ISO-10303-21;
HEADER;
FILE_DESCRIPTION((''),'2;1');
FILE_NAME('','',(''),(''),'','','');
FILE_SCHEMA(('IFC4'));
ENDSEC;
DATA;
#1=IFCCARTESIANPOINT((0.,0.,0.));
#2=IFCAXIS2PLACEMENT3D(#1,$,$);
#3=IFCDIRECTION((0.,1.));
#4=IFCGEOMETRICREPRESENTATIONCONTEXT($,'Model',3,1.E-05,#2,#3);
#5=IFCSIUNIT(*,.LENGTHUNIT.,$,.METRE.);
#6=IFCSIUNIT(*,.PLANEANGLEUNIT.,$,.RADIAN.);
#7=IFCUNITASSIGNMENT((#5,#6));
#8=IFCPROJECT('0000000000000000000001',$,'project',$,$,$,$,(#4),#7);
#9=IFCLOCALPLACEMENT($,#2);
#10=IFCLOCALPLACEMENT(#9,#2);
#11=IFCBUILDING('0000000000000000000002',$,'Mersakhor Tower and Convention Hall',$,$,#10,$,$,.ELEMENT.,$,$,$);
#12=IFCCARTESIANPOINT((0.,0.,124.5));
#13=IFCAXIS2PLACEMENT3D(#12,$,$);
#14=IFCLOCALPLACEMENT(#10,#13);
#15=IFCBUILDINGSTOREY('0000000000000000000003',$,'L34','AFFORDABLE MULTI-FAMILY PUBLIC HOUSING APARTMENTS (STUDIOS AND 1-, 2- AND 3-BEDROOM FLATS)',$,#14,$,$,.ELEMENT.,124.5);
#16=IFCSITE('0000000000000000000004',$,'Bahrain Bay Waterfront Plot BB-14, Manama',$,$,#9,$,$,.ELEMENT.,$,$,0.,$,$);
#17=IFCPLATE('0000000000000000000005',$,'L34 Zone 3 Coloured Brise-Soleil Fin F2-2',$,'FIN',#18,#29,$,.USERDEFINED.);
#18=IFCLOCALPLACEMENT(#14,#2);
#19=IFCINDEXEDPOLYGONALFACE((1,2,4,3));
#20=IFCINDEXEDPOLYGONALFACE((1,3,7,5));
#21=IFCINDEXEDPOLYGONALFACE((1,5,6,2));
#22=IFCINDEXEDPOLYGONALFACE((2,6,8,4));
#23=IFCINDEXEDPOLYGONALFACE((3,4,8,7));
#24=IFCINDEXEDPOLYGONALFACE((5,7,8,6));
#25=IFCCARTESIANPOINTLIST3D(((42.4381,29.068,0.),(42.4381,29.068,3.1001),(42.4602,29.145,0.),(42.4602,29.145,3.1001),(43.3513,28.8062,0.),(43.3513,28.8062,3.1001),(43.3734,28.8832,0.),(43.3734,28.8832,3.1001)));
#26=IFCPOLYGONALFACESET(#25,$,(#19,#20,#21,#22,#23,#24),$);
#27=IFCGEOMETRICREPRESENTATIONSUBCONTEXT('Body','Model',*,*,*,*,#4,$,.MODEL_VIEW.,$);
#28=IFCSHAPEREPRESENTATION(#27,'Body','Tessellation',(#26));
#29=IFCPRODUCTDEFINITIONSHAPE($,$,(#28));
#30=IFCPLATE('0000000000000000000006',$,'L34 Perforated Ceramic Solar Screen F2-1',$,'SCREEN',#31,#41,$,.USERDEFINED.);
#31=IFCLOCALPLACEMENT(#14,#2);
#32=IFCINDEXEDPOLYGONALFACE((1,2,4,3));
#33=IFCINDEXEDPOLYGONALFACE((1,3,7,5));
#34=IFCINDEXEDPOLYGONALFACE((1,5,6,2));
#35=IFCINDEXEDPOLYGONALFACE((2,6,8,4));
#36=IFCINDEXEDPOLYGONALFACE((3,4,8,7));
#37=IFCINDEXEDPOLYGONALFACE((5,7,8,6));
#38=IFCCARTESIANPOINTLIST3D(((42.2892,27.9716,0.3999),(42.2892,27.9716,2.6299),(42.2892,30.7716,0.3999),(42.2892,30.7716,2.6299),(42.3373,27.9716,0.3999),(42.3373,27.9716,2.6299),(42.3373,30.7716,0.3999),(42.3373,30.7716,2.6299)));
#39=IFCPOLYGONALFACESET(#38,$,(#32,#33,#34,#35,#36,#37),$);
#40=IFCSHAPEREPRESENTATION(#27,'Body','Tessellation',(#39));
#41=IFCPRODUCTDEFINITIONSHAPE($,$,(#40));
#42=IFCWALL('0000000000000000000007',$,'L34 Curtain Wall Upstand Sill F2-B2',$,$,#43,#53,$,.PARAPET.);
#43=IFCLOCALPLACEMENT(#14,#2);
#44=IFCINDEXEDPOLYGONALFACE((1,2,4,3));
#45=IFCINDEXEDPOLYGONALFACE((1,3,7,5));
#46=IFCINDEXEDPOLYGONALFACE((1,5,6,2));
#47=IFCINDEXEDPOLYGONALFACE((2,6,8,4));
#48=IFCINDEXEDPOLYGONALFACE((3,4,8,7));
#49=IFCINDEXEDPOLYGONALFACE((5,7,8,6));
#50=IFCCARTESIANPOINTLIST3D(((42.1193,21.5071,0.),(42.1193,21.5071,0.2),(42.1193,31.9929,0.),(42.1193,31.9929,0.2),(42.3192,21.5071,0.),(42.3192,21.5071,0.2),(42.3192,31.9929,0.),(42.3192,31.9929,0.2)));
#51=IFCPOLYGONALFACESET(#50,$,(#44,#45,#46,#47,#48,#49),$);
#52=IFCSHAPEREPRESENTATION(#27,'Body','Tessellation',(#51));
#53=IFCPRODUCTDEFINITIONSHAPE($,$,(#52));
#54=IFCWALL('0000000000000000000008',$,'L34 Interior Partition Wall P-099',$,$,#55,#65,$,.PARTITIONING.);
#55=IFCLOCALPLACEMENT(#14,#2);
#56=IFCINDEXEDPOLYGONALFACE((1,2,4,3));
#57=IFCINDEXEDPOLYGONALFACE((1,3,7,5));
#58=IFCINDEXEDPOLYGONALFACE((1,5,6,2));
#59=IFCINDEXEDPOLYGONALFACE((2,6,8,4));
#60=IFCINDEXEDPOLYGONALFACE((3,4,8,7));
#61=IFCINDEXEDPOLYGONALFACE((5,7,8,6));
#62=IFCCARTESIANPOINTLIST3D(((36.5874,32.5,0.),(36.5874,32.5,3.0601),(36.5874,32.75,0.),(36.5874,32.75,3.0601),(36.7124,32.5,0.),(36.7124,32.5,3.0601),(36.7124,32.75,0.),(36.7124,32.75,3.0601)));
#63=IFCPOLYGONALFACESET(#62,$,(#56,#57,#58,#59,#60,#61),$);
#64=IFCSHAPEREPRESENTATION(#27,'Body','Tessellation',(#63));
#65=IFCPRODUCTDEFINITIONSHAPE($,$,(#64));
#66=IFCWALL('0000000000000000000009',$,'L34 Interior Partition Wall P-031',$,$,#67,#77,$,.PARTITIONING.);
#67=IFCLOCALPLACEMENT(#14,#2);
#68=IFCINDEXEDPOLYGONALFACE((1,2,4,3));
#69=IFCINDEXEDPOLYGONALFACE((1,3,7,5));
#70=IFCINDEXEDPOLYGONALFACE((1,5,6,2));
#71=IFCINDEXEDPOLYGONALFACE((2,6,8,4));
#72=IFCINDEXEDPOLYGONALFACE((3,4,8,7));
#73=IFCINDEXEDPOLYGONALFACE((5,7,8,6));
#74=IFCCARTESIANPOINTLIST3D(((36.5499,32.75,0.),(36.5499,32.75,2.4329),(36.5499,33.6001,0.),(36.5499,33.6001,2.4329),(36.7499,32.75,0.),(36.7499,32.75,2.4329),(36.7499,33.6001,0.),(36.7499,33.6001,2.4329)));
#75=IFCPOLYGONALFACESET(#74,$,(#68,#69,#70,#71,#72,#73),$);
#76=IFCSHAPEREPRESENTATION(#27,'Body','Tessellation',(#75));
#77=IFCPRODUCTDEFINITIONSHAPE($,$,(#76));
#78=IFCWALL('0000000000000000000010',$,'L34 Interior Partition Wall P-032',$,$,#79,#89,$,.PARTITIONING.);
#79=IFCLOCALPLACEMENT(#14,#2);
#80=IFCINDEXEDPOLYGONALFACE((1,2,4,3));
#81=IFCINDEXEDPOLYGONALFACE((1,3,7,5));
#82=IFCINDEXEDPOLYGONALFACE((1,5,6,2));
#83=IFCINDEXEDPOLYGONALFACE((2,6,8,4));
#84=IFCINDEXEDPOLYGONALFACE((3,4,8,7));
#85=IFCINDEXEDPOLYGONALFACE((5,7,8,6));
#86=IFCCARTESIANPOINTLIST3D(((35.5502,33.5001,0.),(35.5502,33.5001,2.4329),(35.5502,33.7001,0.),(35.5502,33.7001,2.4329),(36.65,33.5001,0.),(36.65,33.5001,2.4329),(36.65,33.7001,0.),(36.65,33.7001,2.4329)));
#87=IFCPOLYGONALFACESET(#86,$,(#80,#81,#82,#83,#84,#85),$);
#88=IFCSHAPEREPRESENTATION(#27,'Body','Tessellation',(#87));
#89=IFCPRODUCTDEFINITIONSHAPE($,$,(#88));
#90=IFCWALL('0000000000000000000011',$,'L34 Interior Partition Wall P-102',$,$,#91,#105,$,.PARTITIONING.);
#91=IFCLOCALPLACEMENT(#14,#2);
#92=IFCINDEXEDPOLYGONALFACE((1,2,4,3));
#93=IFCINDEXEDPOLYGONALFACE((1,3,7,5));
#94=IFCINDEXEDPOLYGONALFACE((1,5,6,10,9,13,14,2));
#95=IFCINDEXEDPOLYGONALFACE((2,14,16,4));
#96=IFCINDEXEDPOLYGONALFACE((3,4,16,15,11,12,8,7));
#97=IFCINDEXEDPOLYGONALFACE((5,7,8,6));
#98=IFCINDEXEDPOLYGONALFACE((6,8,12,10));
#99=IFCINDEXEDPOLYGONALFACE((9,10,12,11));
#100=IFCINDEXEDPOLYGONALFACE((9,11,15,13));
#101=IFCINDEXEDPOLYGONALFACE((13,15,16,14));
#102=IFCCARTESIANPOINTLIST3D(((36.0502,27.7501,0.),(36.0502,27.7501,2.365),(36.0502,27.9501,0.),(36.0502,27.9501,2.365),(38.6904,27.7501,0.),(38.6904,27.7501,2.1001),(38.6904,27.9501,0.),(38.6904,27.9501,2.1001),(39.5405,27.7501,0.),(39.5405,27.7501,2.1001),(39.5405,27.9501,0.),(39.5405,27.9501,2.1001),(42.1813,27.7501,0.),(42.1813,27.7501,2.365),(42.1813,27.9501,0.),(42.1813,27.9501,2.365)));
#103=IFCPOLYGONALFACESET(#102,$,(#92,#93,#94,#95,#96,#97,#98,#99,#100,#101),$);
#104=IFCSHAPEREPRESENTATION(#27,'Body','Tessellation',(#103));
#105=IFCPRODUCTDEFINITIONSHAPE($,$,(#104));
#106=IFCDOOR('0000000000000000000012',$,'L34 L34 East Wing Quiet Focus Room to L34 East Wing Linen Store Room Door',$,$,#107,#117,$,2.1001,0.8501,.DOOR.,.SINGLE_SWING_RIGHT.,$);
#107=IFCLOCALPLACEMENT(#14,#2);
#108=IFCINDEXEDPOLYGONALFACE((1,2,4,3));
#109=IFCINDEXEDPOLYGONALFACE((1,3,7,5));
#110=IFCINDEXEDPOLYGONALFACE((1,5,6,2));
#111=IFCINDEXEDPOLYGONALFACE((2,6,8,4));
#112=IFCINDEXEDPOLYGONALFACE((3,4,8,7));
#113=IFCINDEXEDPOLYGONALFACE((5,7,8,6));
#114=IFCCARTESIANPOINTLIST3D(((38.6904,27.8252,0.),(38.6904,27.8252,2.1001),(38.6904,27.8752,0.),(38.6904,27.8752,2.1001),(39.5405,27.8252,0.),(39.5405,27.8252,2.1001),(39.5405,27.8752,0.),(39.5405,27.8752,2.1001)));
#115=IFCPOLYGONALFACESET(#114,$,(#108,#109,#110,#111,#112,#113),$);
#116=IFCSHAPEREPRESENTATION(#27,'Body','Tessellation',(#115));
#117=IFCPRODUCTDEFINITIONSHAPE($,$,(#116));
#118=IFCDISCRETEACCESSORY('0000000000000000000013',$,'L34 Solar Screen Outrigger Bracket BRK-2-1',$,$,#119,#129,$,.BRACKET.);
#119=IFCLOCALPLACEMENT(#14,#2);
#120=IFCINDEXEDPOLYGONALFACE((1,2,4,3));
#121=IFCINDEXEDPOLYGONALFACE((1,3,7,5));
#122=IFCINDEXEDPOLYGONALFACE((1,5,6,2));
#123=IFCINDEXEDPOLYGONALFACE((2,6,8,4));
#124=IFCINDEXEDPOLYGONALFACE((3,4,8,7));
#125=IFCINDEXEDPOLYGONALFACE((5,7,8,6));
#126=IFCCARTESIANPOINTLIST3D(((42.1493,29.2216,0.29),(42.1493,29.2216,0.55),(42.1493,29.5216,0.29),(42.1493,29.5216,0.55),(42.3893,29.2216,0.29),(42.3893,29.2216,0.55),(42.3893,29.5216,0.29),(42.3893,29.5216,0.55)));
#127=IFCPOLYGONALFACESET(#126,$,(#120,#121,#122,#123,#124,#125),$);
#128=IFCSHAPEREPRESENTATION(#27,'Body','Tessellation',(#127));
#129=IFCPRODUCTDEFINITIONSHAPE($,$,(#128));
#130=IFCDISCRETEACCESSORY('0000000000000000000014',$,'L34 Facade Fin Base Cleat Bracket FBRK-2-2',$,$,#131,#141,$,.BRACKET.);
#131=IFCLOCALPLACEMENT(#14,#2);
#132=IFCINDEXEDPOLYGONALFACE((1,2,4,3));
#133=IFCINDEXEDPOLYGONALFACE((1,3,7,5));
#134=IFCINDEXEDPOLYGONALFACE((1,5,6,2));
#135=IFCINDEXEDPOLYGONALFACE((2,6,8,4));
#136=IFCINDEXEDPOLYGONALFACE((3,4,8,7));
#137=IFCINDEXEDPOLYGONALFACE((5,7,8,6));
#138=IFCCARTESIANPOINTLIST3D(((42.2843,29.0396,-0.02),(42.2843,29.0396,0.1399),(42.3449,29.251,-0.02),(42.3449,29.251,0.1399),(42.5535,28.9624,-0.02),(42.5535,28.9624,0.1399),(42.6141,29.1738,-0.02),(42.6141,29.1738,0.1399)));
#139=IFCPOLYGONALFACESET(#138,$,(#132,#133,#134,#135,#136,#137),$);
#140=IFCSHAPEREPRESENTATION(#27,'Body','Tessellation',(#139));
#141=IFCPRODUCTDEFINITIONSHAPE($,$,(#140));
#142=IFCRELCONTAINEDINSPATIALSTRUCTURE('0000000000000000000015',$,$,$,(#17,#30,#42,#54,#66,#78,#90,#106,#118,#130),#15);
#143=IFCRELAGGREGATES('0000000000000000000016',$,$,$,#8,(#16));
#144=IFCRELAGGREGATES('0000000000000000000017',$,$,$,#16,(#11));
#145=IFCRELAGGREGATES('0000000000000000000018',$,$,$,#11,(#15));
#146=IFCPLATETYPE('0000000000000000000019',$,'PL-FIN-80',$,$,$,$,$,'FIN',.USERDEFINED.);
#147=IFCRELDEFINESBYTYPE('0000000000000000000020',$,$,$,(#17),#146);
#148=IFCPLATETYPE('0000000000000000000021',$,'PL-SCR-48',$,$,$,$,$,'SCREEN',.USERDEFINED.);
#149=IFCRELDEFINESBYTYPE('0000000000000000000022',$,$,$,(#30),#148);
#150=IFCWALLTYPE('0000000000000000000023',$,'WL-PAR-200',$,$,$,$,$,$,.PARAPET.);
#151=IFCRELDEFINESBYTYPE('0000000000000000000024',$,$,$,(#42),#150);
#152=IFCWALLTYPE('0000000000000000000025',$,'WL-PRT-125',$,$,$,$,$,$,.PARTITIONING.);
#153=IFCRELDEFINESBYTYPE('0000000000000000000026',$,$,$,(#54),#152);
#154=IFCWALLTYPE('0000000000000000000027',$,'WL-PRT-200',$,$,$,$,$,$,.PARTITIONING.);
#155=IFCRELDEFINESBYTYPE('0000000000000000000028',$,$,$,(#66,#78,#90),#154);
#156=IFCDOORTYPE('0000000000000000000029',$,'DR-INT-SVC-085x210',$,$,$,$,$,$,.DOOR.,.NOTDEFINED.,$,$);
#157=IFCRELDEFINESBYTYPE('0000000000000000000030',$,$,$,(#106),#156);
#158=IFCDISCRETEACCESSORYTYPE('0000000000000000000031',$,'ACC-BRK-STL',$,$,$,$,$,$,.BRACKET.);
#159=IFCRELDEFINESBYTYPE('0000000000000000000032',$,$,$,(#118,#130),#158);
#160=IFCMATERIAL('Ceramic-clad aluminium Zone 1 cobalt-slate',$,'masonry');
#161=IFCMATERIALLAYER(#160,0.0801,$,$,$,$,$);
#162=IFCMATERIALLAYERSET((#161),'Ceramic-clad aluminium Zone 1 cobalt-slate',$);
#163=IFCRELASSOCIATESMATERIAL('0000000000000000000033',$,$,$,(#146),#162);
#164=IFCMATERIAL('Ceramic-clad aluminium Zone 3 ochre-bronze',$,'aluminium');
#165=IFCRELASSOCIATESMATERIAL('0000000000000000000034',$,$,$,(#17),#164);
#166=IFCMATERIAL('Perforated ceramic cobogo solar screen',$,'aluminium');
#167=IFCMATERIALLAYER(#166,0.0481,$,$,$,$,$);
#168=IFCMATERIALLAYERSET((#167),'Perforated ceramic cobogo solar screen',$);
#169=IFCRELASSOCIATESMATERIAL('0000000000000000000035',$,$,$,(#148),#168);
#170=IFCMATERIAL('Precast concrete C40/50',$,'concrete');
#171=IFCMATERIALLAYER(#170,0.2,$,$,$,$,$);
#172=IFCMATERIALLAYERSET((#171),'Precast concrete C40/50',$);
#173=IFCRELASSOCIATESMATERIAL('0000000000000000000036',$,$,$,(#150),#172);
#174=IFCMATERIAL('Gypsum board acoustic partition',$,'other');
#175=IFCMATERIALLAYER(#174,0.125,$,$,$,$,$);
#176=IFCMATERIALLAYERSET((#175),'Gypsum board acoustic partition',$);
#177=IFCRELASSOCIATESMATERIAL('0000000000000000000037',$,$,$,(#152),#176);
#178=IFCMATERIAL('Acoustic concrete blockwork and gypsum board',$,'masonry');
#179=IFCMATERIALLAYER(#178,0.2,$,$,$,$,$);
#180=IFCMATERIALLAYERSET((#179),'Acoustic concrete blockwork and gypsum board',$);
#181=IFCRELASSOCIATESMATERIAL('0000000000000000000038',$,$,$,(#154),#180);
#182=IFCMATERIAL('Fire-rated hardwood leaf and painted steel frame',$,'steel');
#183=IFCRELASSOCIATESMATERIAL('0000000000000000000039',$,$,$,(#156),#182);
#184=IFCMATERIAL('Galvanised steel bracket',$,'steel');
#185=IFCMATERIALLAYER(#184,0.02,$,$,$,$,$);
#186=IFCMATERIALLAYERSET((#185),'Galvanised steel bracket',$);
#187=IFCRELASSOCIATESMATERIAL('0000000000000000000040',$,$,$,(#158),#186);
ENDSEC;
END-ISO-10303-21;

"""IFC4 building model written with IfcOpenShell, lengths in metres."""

from ifc_helpers import new_model, si_unit, direction, frame, frame_2d, origin, origin_2d, place, context, subcontext, project, spatial, rectangle, extrude, material, layer, layer_set, type_object, element, fill, save


model = new_model("IFC4")

# Units and contexts
model_context = context("Model", 3, precision=1e-05, world=origin(), true_north=direction((0.0, 1.0)))
body_context = subcontext(model_context, "Body", "Model", "MODEL_VIEW")
ifc_project = project(units=[si_unit("LENGTHUNIT", "METRE"), si_unit("PLANEANGLEUNIT", "RADIAN")], contexts=[model_context])

# Site, building, storey
site_placement = place(None, origin())
site = spatial("IfcSite", under=ifc_project, at=site_placement, Name="Bahrain Bay Waterfront Plot BB-14, Manama", CompositionType="ELEMENT", RefElevation=0.0)
building_placement = place(site_placement, origin())
building = spatial("IfcBuilding", under=site, at=building_placement, Name="Mersakhor Tower and Convention Hall", CompositionType="ELEMENT")
storey_placement = place(building_placement, frame((0.0, 0.0, 124.5)))
storey = spatial("IfcBuildingStorey", under=building, at=storey_placement, Name="L34", Description="AFFORDABLE MULTI-FAMILY PUBLIC HOUSING APARTMENTS (STUDIOS AND 1-, 2- AND 3-BEDROOM FLATS)", CompositionType="ELEMENT", Elevation=124.5)

# Plates
ifc_material_1 = material(Name="Ceramic-clad aluminium Zone 3 ochre-bronze", Category="aluminium")
ifc_material_2 = material(Name="Ceramic-clad aluminium Zone 1 cobalt-slate", Category="masonry")
ifc_layer_1 = layer(ifc_material_2, 0.0801)
ifc_layer_set_1 = layer_set([ifc_layer_1], Name="Ceramic-clad aluminium Zone 1 cobalt-slate")
plate_type_1 = type_object("IfcPlateType", Name="PL-FIN-80", ElementType="FIN", PredefinedType="USERDEFINED", material=ifc_layer_set_1)
plate_1_placement = place(storey_placement, frame((42.9058, 28.9756, 0.0), z_axis=(0.0, 0.0, 1.0), x_axis=(0.961262, -0.275637, 0.0)))
element("IfcPlate", 1, at=plate_1_placement, inside=storey, type_object=plate_type_1, material=ifc_material_1, Name="L34 Zone 3 Coloured Brise-Soleil Fin F2-2", ObjectType="FIN", PredefinedType="USERDEFINED", context=body_context, shape_type="SweptSolid", body=[
    extrude(rectangle(XDim=0.95, YDim=0.0801, at=origin_2d()), origin(), (0.0, 0.0, 1.0), 3.1001),
])
ifc_material_3 = material(Name="Perforated ceramic cobogo solar screen", Category="aluminium")
ifc_layer_2 = layer(ifc_material_3, 0.0481)
ifc_layer_set_2 = layer_set([ifc_layer_2], Name="Perforated ceramic cobogo solar screen")
plate_type_2 = type_object("IfcPlateType", Name="PL-SCR-48", ElementType="SCREEN", PredefinedType="USERDEFINED", material=ifc_layer_set_2)
plate_2_placement = place(storey_placement, frame((42.3132, 29.3716, 0.3999), z_axis=(0.0, 0.0, 1.0), x_axis=(0.0, -1.0, 0.0)))
element("IfcPlate", 2, at=plate_2_placement, inside=storey, type_object=plate_type_2, Name="L34 Perforated Ceramic Solar Screen F2-1", ObjectType="SCREEN", PredefinedType="USERDEFINED", context=body_context, shape_type="SweptSolid", body=[
    extrude(rectangle(XDim=2.8, YDim=0.0481, at=origin_2d()), origin(), (0.0, 0.0, 1.0), 2.23),
])

# Walls
ifc_material_4 = material(Name="Precast concrete C40/50", Category="concrete")
ifc_layer_3 = layer(ifc_material_4, 0.2)
ifc_layer_set_3 = layer_set([ifc_layer_3], Name="Precast concrete C40/50")
wall_type_1 = type_object("IfcWallType", Name="WL-PAR-200", PredefinedType="PARAPET", material=ifc_layer_set_3)
wall_1_placement = place(storey_placement, frame((42.2192, 31.9929, 0.0), z_axis=(0.0, 0.0, 1.0), x_axis=(0.0, -1.0, 0.0)))
element("IfcWall", 3, at=wall_1_placement, inside=storey, type_object=wall_type_1, Name="L34 Curtain Wall Upstand Sill F2-B2", PredefinedType="PARAPET", context=body_context, shape_type="SweptSolid", body=[
    extrude(rectangle(XDim=10.4858, YDim=0.2, at=frame_2d((5.2429, 0.0))), origin(), (0.0, 0.0, 1.0), 0.2),
])
ifc_material_5 = material(Name="Gypsum board acoustic partition", Category="other")
ifc_layer_4 = layer(ifc_material_5, 0.125)
ifc_layer_set_4 = layer_set([ifc_layer_4], Name="Gypsum board acoustic partition")
wall_type_2 = type_object("IfcWallType", Name="WL-PRT-125", PredefinedType="PARTITIONING", material=ifc_layer_set_4)
wall_2_placement = place(storey_placement, frame((36.6499, 32.5, 0.0), z_axis=(0.0, 0.0, 1.0), x_axis=(0.0, 1.0, 0.0)))
element("IfcWall", 4, at=wall_2_placement, inside=storey, type_object=wall_type_2, Name="L34 Interior Partition Wall P-099", PredefinedType="PARTITIONING", context=body_context, shape_type="SweptSolid", body=[
    extrude(rectangle(XDim=0.25, YDim=0.125, at=frame_2d((0.125, 0.0))), origin(), (0.0, 0.0, 1.0), 3.0601),
])

# Shared definitions
ifc_material_6 = material(Name="Acoustic concrete blockwork and gypsum board", Category="masonry")
ifc_layer_5 = layer(ifc_material_6, 0.2)
ifc_layer_set_5 = layer_set([ifc_layer_5], Name="Acoustic concrete blockwork and gypsum board")
wall_type_3 = type_object("IfcWallType", Name="WL-PRT-200", PredefinedType="PARTITIONING", material=ifc_layer_set_5)

# Walls
wall_3_placement = place(storey_placement, frame((36.6499, 32.75, 0.0), z_axis=(0.0, 0.0, 1.0), x_axis=(0.0, 1.0, 0.0)))
element("IfcWall", 5, at=wall_3_placement, inside=storey, type_object=wall_type_3, Name="L34 Interior Partition Wall P-031", PredefinedType="PARTITIONING", context=body_context, shape_type="SweptSolid", body=[
    extrude(rectangle(XDim=0.8501, YDim=0.2, at=frame_2d((0.425, 0.0))), origin(), (0.0, 0.0, 1.0), 2.4329),
])
wall_4_placement = place(storey_placement, frame((36.6499, 33.6001, 0.0), z_axis=(0.0, 0.0, 1.0), x_axis=(-1.0, 0.0, 0.0)))
element("IfcWall", 6, at=wall_4_placement, inside=storey, type_object=wall_type_3, Name="L34 Interior Partition Wall P-032", PredefinedType="PARTITIONING", context=body_context, shape_type="SweptSolid", body=[
    extrude(rectangle(XDim=1.0999, YDim=0.2, at=frame_2d((0.5498, 0.0))), origin(), (0.0, 0.0, 1.0), 2.4329),
])

# Wall, opening, door
wall_5_placement = place(storey_placement, frame((42.1812, 27.8501, 0.0), z_axis=(0.0, 0.0, 1.0), x_axis=(-1.0, 0.0, 0.0)))
wall_5 = element("IfcWall", 7, at=wall_5_placement, inside=storey, type_object=wall_type_3, Name="L34 Interior Partition Wall P-102", PredefinedType="PARTITIONING", context=body_context, shape_type="SweptSolid", body=[
    extrude(rectangle(XDim=6.1311, YDim=0.2, at=frame_2d((3.0654, 0.0))), origin(), (0.0, 0.0, 1.0), 2.365),
])
opening_1_placement = place(wall_5_placement, frame((2.6406, 0.0, 0.0)))
opening_1 = element("IfcOpeningElement", 8, at=opening_1_placement, cuts=wall_5, PredefinedType="OPENING", context=body_context, shape_type="SweptSolid", body=[
    extrude(rectangle(XDim=0.8501, YDim=2.1001, at=frame_2d((0.425, 1.05))), frame((0.0, 0.1099, 0.0), z_axis=(0.0, -1.0, 0.0), x_axis=(1.0, 0.0, 0.0)), (0.0, 0.0, 1.0), 0.22),
])
ifc_material_7 = material(Name="Fire-rated hardwood leaf and painted steel frame", Category="steel")
door_type_1 = type_object("IfcDoorType", Name="DR-INT-SVC-085x210", OperationType="NOTDEFINED", PredefinedType="DOOR", material=ifc_material_7)
door_1_placement = place(opening_1_placement, origin())
door_1 = element("IfcDoor", 9, at=door_1_placement, inside=storey, type_object=door_type_1, Name="L34 L34 East Wing Quiet Focus Room to L34 East Wing Linen Store Room Door", OperationType="SINGLE_SWING_RIGHT", OverallHeight=2.1001, OverallWidth=0.8501, PredefinedType="DOOR", context=body_context, shape_type="SweptSolid", body=[
    extrude(rectangle(XDim=0.8501, YDim=2.1001, at=frame_2d((0.425, 1.05))), frame((0.0, 0.0249, 0.0), z_axis=(0.0, -1.0, 0.0), x_axis=(1.0, 0.0, 0.0)), (0.0, 0.0, 1.0), 0.05),
])
fill(opening_1, door_1)

# Discrete accessories
ifc_material_8 = material(Name="Galvanised steel bracket", Category="steel")
ifc_layer_6 = layer(ifc_material_8, 0.02)
ifc_layer_set_6 = layer_set([ifc_layer_6], Name="Galvanised steel bracket")
discrete_accessory_type = type_object("IfcDiscreteAccessoryType", Name="ACC-BRK-STL", PredefinedType="BRACKET", material=ifc_layer_set_6)
discrete_accessory_1_placement = place(storey_placement, frame((42.2693, 29.3716, 0.29), z_axis=(0.0, 0.0, 1.0), x_axis=(0.0, -1.0, 0.0)))
element("IfcDiscreteAccessory", 10, at=discrete_accessory_1_placement, inside=storey, type_object=discrete_accessory_type, Name="L34 Solar Screen Outrigger Bracket BRK-2-1", PredefinedType="BRACKET", context=body_context, shape_type="SweptSolid", body=[
    extrude(rectangle(XDim=0.3, YDim=0.24, at=origin_2d()), origin(), (0.0, 0.0, 1.0), 0.26),
])
discrete_accessory_2_placement = place(storey_placement, frame((42.4492, 29.1067, -0.02), z_axis=(0.0, 0.0, 1.0), x_axis=(0.961262, -0.275637, 0.0)))
element("IfcDiscreteAccessory", 11, at=discrete_accessory_2_placement, inside=storey, type_object=discrete_accessory_type, Name="L34 Facade Fin Base Cleat Bracket FBRK-2-2", PredefinedType="BRACKET", context=body_context, shape_type="SweptSolid", body=[
    extrude(rectangle(XDim=0.28, YDim=0.22, at=origin_2d()), origin(), (0.0, 0.0, 1.0), 0.1599),
])

save(model, "model.ifc")
